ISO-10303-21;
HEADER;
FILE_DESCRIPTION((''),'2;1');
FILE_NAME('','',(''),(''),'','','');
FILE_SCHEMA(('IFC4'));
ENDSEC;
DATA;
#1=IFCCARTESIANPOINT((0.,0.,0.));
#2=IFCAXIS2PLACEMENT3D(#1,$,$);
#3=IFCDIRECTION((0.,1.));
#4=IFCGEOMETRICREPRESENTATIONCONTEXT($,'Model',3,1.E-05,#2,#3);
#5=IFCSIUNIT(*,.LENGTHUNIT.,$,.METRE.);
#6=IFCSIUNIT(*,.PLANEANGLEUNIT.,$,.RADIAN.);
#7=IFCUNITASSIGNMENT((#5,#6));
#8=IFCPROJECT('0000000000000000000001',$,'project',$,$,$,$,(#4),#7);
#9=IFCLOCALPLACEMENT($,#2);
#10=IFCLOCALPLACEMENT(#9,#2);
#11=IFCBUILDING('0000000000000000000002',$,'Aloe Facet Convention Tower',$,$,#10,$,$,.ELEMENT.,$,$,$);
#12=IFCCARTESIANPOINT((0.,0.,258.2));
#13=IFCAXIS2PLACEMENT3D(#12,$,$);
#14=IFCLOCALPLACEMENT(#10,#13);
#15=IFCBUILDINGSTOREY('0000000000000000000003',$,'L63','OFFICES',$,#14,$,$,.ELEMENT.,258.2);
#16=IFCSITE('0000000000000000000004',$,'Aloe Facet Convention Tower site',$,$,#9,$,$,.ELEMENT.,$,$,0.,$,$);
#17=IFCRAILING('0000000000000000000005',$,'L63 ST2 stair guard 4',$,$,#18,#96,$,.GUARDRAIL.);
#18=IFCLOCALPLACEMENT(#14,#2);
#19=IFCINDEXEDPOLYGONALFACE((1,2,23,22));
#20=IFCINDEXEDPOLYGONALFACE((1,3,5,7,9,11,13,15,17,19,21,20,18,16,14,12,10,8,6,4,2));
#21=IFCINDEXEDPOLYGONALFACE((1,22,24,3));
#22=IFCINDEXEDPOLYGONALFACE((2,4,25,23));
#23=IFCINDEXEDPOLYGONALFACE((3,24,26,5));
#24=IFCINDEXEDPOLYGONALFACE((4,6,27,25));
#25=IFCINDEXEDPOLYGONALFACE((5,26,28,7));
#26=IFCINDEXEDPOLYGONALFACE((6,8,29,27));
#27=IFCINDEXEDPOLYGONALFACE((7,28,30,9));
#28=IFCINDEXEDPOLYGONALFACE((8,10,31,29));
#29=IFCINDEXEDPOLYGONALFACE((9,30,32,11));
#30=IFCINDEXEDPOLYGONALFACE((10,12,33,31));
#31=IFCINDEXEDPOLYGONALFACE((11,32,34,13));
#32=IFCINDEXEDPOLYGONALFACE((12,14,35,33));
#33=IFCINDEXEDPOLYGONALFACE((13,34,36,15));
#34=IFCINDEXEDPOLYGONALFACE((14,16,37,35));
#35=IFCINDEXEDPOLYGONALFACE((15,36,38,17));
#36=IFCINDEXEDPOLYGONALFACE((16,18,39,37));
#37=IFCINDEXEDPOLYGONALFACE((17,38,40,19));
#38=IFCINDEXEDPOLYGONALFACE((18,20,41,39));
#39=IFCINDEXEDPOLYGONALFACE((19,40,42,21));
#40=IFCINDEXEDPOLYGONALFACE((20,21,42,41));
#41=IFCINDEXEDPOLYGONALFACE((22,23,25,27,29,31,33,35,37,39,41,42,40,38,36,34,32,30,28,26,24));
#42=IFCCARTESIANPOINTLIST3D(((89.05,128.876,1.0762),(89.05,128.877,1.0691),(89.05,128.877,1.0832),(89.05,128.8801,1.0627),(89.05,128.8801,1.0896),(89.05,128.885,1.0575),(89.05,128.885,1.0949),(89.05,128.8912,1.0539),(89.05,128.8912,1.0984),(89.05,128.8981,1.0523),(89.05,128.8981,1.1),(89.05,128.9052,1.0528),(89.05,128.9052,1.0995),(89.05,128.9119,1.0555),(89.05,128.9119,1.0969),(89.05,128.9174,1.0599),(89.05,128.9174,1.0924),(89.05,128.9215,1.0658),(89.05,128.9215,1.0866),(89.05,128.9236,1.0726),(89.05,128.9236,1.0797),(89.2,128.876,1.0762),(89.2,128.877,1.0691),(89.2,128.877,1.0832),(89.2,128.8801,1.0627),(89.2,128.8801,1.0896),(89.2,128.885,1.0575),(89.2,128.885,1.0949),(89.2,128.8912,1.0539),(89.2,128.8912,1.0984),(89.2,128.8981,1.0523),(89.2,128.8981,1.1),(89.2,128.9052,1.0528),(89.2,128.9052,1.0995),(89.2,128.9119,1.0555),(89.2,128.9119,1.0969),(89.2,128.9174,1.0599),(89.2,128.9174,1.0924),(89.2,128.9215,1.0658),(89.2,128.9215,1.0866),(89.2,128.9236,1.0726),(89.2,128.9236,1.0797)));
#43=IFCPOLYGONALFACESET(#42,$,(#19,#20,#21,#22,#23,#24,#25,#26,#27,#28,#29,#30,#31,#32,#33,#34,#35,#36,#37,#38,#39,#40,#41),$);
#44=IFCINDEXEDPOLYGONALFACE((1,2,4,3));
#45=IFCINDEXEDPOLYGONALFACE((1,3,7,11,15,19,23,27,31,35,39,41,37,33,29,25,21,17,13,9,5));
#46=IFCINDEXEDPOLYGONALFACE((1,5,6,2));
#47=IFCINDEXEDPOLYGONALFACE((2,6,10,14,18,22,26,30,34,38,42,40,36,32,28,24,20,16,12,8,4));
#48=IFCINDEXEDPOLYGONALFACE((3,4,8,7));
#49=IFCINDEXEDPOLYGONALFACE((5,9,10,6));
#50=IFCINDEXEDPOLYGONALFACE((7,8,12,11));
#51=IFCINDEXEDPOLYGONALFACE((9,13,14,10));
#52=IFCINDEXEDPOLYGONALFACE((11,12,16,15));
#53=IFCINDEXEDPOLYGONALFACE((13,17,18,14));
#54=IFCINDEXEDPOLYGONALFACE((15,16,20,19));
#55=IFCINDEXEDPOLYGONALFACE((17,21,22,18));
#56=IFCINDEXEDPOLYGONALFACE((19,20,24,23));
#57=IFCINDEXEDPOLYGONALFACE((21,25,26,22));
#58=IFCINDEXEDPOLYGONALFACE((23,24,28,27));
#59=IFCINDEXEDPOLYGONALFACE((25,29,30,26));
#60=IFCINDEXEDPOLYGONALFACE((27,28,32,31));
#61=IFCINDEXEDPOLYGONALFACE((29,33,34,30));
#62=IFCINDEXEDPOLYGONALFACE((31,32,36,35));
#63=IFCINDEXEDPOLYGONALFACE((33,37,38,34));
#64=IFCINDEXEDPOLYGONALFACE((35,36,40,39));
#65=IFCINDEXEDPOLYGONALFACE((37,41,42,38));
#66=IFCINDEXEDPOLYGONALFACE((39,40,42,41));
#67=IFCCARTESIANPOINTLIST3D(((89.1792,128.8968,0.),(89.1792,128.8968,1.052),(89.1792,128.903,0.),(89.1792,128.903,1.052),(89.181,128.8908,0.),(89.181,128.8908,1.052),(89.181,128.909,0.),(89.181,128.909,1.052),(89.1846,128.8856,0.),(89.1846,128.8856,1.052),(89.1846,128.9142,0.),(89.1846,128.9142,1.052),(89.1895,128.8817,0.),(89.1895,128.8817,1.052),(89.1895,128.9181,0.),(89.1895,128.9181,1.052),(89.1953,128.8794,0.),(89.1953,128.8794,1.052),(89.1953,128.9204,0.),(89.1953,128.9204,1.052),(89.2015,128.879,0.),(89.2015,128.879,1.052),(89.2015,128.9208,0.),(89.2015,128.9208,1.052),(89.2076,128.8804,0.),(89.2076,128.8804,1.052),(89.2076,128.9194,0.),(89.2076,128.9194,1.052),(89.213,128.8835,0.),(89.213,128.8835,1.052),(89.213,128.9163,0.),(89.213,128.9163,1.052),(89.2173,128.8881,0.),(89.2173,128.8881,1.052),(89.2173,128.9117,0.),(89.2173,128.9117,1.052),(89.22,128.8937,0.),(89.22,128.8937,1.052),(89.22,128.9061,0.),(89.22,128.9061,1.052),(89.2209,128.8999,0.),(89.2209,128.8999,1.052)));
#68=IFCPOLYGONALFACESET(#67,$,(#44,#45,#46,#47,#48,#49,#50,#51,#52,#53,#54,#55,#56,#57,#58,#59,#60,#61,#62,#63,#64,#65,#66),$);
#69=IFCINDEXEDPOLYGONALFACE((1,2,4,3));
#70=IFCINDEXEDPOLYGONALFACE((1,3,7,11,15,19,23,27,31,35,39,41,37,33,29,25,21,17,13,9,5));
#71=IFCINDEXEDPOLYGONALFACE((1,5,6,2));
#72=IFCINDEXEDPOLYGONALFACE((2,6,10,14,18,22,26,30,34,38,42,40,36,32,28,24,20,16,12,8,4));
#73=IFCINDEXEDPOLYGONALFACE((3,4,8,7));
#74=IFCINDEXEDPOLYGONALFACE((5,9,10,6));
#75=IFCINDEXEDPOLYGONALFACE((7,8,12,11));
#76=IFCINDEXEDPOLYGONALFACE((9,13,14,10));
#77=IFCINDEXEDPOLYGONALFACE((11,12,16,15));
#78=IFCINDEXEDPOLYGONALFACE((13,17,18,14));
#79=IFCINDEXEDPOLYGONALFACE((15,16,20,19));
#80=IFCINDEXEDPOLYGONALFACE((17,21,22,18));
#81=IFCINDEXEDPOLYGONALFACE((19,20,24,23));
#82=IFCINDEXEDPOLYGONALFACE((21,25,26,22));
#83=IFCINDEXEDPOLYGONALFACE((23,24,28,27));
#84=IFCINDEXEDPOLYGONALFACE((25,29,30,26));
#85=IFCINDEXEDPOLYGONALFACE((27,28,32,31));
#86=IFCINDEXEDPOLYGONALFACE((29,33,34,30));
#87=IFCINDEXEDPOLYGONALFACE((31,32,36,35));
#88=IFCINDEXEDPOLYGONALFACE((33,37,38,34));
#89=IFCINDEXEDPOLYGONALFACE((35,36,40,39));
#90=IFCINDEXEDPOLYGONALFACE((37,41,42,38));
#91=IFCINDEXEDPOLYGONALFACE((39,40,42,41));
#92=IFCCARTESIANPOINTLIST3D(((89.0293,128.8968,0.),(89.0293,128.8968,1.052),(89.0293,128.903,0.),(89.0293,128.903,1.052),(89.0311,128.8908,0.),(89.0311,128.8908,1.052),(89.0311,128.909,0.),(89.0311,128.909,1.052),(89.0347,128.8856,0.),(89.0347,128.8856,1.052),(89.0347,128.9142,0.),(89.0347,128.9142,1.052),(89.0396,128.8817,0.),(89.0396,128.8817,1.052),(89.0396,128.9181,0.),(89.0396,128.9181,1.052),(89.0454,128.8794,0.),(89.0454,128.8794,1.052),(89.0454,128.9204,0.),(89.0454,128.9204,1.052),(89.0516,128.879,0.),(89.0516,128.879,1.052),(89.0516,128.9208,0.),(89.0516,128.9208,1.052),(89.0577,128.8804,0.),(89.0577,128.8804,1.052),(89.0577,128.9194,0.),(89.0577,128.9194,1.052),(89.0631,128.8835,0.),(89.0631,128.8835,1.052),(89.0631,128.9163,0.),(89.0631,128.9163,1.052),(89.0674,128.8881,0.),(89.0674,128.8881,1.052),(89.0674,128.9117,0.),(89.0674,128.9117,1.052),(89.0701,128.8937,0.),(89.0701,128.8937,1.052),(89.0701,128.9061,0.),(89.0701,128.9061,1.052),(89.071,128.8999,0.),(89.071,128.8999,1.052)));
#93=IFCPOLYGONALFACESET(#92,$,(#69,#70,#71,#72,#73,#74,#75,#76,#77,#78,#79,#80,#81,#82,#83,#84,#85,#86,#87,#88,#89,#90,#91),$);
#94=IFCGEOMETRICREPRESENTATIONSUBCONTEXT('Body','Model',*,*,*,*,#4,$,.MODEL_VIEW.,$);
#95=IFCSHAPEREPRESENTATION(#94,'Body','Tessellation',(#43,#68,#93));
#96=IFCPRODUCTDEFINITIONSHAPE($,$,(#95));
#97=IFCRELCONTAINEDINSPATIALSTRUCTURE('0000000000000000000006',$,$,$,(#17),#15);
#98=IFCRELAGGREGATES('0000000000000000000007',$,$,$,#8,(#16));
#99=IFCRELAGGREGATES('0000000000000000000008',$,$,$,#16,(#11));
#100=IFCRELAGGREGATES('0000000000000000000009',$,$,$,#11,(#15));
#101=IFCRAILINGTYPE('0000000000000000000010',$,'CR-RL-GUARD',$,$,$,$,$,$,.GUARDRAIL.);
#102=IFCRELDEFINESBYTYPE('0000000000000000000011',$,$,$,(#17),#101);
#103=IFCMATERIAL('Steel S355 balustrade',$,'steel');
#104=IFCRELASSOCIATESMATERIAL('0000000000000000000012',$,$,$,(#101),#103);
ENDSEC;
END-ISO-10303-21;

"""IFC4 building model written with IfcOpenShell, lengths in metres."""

from ifc_helpers import new_model, si_unit, direction, frame, origin, origin_2d, place, context, subcontext, project, spatial, circle, extrude, material, type_object, element, save


model = new_model("IFC4")

# Units and contexts
model_context = context("Model", 3, precision=1e-05, world=origin(), true_north=direction((0.0, 1.0)))
body_context = subcontext(model_context, "Body", "Model", "MODEL_VIEW")
ifc_project = project(units=[si_unit("LENGTHUNIT", "METRE"), si_unit("PLANEANGLEUNIT", "RADIAN")], contexts=[model_context])

# Site, building, storey
site_placement = place(None, origin())
site = spatial("IfcSite", under=ifc_project, at=site_placement, Name="Aloe Facet Convention Tower site", CompositionType="ELEMENT", RefElevation=0.0)
building_placement = place(site_placement, origin())
building = spatial("IfcBuilding", under=site, at=building_placement, Name="Aloe Facet Convention Tower", CompositionType="ELEMENT")
storey_placement = place(building_placement, frame((0.0, 0.0, 258.2)))
storey = spatial("IfcBuildingStorey", under=building, at=storey_placement, Name="L63", Description="OFFICES", CompositionType="ELEMENT", Elevation=258.2)

# Railing
ifc_material_1 = material(Name="Steel S355 balustrade", Category="steel")
railing_type_1 = type_object("IfcRailingType", Name="CR-RL-GUARD", PredefinedType="GUARDRAIL", material=ifc_material_1)
railing_1_placement = place(storey_placement, frame((89.2, 128.8999, 0.0)))
element("IfcRailing", 1, at=railing_1_placement, inside=storey, type_object=railing_type_1, Name="L63 ST2 stair guard 4", PredefinedType="GUARDRAIL", context=body_context, shape_type="SweptSolid", body=[
    extrude(circle(Radius=0.0239, at=origin_2d()), frame((0.0, 0.0, 1.0762), z_axis=(-1.0, 0.0, 0.0), x_axis=(0.0, -1.0, 0.0)), (0.0, 0.0, 1.0), 0.1499),
    extrude(circle(Radius=0.021, at=origin_2d()), origin(), (0.0, 0.0, 1.0), 1.052),
    extrude(circle(Radius=0.021, at=origin_2d()), frame((-0.1499, 0.0, 0.0)), (0.0, 0.0, 1.0), 1.052),
])

save(model, "model.ifc")
